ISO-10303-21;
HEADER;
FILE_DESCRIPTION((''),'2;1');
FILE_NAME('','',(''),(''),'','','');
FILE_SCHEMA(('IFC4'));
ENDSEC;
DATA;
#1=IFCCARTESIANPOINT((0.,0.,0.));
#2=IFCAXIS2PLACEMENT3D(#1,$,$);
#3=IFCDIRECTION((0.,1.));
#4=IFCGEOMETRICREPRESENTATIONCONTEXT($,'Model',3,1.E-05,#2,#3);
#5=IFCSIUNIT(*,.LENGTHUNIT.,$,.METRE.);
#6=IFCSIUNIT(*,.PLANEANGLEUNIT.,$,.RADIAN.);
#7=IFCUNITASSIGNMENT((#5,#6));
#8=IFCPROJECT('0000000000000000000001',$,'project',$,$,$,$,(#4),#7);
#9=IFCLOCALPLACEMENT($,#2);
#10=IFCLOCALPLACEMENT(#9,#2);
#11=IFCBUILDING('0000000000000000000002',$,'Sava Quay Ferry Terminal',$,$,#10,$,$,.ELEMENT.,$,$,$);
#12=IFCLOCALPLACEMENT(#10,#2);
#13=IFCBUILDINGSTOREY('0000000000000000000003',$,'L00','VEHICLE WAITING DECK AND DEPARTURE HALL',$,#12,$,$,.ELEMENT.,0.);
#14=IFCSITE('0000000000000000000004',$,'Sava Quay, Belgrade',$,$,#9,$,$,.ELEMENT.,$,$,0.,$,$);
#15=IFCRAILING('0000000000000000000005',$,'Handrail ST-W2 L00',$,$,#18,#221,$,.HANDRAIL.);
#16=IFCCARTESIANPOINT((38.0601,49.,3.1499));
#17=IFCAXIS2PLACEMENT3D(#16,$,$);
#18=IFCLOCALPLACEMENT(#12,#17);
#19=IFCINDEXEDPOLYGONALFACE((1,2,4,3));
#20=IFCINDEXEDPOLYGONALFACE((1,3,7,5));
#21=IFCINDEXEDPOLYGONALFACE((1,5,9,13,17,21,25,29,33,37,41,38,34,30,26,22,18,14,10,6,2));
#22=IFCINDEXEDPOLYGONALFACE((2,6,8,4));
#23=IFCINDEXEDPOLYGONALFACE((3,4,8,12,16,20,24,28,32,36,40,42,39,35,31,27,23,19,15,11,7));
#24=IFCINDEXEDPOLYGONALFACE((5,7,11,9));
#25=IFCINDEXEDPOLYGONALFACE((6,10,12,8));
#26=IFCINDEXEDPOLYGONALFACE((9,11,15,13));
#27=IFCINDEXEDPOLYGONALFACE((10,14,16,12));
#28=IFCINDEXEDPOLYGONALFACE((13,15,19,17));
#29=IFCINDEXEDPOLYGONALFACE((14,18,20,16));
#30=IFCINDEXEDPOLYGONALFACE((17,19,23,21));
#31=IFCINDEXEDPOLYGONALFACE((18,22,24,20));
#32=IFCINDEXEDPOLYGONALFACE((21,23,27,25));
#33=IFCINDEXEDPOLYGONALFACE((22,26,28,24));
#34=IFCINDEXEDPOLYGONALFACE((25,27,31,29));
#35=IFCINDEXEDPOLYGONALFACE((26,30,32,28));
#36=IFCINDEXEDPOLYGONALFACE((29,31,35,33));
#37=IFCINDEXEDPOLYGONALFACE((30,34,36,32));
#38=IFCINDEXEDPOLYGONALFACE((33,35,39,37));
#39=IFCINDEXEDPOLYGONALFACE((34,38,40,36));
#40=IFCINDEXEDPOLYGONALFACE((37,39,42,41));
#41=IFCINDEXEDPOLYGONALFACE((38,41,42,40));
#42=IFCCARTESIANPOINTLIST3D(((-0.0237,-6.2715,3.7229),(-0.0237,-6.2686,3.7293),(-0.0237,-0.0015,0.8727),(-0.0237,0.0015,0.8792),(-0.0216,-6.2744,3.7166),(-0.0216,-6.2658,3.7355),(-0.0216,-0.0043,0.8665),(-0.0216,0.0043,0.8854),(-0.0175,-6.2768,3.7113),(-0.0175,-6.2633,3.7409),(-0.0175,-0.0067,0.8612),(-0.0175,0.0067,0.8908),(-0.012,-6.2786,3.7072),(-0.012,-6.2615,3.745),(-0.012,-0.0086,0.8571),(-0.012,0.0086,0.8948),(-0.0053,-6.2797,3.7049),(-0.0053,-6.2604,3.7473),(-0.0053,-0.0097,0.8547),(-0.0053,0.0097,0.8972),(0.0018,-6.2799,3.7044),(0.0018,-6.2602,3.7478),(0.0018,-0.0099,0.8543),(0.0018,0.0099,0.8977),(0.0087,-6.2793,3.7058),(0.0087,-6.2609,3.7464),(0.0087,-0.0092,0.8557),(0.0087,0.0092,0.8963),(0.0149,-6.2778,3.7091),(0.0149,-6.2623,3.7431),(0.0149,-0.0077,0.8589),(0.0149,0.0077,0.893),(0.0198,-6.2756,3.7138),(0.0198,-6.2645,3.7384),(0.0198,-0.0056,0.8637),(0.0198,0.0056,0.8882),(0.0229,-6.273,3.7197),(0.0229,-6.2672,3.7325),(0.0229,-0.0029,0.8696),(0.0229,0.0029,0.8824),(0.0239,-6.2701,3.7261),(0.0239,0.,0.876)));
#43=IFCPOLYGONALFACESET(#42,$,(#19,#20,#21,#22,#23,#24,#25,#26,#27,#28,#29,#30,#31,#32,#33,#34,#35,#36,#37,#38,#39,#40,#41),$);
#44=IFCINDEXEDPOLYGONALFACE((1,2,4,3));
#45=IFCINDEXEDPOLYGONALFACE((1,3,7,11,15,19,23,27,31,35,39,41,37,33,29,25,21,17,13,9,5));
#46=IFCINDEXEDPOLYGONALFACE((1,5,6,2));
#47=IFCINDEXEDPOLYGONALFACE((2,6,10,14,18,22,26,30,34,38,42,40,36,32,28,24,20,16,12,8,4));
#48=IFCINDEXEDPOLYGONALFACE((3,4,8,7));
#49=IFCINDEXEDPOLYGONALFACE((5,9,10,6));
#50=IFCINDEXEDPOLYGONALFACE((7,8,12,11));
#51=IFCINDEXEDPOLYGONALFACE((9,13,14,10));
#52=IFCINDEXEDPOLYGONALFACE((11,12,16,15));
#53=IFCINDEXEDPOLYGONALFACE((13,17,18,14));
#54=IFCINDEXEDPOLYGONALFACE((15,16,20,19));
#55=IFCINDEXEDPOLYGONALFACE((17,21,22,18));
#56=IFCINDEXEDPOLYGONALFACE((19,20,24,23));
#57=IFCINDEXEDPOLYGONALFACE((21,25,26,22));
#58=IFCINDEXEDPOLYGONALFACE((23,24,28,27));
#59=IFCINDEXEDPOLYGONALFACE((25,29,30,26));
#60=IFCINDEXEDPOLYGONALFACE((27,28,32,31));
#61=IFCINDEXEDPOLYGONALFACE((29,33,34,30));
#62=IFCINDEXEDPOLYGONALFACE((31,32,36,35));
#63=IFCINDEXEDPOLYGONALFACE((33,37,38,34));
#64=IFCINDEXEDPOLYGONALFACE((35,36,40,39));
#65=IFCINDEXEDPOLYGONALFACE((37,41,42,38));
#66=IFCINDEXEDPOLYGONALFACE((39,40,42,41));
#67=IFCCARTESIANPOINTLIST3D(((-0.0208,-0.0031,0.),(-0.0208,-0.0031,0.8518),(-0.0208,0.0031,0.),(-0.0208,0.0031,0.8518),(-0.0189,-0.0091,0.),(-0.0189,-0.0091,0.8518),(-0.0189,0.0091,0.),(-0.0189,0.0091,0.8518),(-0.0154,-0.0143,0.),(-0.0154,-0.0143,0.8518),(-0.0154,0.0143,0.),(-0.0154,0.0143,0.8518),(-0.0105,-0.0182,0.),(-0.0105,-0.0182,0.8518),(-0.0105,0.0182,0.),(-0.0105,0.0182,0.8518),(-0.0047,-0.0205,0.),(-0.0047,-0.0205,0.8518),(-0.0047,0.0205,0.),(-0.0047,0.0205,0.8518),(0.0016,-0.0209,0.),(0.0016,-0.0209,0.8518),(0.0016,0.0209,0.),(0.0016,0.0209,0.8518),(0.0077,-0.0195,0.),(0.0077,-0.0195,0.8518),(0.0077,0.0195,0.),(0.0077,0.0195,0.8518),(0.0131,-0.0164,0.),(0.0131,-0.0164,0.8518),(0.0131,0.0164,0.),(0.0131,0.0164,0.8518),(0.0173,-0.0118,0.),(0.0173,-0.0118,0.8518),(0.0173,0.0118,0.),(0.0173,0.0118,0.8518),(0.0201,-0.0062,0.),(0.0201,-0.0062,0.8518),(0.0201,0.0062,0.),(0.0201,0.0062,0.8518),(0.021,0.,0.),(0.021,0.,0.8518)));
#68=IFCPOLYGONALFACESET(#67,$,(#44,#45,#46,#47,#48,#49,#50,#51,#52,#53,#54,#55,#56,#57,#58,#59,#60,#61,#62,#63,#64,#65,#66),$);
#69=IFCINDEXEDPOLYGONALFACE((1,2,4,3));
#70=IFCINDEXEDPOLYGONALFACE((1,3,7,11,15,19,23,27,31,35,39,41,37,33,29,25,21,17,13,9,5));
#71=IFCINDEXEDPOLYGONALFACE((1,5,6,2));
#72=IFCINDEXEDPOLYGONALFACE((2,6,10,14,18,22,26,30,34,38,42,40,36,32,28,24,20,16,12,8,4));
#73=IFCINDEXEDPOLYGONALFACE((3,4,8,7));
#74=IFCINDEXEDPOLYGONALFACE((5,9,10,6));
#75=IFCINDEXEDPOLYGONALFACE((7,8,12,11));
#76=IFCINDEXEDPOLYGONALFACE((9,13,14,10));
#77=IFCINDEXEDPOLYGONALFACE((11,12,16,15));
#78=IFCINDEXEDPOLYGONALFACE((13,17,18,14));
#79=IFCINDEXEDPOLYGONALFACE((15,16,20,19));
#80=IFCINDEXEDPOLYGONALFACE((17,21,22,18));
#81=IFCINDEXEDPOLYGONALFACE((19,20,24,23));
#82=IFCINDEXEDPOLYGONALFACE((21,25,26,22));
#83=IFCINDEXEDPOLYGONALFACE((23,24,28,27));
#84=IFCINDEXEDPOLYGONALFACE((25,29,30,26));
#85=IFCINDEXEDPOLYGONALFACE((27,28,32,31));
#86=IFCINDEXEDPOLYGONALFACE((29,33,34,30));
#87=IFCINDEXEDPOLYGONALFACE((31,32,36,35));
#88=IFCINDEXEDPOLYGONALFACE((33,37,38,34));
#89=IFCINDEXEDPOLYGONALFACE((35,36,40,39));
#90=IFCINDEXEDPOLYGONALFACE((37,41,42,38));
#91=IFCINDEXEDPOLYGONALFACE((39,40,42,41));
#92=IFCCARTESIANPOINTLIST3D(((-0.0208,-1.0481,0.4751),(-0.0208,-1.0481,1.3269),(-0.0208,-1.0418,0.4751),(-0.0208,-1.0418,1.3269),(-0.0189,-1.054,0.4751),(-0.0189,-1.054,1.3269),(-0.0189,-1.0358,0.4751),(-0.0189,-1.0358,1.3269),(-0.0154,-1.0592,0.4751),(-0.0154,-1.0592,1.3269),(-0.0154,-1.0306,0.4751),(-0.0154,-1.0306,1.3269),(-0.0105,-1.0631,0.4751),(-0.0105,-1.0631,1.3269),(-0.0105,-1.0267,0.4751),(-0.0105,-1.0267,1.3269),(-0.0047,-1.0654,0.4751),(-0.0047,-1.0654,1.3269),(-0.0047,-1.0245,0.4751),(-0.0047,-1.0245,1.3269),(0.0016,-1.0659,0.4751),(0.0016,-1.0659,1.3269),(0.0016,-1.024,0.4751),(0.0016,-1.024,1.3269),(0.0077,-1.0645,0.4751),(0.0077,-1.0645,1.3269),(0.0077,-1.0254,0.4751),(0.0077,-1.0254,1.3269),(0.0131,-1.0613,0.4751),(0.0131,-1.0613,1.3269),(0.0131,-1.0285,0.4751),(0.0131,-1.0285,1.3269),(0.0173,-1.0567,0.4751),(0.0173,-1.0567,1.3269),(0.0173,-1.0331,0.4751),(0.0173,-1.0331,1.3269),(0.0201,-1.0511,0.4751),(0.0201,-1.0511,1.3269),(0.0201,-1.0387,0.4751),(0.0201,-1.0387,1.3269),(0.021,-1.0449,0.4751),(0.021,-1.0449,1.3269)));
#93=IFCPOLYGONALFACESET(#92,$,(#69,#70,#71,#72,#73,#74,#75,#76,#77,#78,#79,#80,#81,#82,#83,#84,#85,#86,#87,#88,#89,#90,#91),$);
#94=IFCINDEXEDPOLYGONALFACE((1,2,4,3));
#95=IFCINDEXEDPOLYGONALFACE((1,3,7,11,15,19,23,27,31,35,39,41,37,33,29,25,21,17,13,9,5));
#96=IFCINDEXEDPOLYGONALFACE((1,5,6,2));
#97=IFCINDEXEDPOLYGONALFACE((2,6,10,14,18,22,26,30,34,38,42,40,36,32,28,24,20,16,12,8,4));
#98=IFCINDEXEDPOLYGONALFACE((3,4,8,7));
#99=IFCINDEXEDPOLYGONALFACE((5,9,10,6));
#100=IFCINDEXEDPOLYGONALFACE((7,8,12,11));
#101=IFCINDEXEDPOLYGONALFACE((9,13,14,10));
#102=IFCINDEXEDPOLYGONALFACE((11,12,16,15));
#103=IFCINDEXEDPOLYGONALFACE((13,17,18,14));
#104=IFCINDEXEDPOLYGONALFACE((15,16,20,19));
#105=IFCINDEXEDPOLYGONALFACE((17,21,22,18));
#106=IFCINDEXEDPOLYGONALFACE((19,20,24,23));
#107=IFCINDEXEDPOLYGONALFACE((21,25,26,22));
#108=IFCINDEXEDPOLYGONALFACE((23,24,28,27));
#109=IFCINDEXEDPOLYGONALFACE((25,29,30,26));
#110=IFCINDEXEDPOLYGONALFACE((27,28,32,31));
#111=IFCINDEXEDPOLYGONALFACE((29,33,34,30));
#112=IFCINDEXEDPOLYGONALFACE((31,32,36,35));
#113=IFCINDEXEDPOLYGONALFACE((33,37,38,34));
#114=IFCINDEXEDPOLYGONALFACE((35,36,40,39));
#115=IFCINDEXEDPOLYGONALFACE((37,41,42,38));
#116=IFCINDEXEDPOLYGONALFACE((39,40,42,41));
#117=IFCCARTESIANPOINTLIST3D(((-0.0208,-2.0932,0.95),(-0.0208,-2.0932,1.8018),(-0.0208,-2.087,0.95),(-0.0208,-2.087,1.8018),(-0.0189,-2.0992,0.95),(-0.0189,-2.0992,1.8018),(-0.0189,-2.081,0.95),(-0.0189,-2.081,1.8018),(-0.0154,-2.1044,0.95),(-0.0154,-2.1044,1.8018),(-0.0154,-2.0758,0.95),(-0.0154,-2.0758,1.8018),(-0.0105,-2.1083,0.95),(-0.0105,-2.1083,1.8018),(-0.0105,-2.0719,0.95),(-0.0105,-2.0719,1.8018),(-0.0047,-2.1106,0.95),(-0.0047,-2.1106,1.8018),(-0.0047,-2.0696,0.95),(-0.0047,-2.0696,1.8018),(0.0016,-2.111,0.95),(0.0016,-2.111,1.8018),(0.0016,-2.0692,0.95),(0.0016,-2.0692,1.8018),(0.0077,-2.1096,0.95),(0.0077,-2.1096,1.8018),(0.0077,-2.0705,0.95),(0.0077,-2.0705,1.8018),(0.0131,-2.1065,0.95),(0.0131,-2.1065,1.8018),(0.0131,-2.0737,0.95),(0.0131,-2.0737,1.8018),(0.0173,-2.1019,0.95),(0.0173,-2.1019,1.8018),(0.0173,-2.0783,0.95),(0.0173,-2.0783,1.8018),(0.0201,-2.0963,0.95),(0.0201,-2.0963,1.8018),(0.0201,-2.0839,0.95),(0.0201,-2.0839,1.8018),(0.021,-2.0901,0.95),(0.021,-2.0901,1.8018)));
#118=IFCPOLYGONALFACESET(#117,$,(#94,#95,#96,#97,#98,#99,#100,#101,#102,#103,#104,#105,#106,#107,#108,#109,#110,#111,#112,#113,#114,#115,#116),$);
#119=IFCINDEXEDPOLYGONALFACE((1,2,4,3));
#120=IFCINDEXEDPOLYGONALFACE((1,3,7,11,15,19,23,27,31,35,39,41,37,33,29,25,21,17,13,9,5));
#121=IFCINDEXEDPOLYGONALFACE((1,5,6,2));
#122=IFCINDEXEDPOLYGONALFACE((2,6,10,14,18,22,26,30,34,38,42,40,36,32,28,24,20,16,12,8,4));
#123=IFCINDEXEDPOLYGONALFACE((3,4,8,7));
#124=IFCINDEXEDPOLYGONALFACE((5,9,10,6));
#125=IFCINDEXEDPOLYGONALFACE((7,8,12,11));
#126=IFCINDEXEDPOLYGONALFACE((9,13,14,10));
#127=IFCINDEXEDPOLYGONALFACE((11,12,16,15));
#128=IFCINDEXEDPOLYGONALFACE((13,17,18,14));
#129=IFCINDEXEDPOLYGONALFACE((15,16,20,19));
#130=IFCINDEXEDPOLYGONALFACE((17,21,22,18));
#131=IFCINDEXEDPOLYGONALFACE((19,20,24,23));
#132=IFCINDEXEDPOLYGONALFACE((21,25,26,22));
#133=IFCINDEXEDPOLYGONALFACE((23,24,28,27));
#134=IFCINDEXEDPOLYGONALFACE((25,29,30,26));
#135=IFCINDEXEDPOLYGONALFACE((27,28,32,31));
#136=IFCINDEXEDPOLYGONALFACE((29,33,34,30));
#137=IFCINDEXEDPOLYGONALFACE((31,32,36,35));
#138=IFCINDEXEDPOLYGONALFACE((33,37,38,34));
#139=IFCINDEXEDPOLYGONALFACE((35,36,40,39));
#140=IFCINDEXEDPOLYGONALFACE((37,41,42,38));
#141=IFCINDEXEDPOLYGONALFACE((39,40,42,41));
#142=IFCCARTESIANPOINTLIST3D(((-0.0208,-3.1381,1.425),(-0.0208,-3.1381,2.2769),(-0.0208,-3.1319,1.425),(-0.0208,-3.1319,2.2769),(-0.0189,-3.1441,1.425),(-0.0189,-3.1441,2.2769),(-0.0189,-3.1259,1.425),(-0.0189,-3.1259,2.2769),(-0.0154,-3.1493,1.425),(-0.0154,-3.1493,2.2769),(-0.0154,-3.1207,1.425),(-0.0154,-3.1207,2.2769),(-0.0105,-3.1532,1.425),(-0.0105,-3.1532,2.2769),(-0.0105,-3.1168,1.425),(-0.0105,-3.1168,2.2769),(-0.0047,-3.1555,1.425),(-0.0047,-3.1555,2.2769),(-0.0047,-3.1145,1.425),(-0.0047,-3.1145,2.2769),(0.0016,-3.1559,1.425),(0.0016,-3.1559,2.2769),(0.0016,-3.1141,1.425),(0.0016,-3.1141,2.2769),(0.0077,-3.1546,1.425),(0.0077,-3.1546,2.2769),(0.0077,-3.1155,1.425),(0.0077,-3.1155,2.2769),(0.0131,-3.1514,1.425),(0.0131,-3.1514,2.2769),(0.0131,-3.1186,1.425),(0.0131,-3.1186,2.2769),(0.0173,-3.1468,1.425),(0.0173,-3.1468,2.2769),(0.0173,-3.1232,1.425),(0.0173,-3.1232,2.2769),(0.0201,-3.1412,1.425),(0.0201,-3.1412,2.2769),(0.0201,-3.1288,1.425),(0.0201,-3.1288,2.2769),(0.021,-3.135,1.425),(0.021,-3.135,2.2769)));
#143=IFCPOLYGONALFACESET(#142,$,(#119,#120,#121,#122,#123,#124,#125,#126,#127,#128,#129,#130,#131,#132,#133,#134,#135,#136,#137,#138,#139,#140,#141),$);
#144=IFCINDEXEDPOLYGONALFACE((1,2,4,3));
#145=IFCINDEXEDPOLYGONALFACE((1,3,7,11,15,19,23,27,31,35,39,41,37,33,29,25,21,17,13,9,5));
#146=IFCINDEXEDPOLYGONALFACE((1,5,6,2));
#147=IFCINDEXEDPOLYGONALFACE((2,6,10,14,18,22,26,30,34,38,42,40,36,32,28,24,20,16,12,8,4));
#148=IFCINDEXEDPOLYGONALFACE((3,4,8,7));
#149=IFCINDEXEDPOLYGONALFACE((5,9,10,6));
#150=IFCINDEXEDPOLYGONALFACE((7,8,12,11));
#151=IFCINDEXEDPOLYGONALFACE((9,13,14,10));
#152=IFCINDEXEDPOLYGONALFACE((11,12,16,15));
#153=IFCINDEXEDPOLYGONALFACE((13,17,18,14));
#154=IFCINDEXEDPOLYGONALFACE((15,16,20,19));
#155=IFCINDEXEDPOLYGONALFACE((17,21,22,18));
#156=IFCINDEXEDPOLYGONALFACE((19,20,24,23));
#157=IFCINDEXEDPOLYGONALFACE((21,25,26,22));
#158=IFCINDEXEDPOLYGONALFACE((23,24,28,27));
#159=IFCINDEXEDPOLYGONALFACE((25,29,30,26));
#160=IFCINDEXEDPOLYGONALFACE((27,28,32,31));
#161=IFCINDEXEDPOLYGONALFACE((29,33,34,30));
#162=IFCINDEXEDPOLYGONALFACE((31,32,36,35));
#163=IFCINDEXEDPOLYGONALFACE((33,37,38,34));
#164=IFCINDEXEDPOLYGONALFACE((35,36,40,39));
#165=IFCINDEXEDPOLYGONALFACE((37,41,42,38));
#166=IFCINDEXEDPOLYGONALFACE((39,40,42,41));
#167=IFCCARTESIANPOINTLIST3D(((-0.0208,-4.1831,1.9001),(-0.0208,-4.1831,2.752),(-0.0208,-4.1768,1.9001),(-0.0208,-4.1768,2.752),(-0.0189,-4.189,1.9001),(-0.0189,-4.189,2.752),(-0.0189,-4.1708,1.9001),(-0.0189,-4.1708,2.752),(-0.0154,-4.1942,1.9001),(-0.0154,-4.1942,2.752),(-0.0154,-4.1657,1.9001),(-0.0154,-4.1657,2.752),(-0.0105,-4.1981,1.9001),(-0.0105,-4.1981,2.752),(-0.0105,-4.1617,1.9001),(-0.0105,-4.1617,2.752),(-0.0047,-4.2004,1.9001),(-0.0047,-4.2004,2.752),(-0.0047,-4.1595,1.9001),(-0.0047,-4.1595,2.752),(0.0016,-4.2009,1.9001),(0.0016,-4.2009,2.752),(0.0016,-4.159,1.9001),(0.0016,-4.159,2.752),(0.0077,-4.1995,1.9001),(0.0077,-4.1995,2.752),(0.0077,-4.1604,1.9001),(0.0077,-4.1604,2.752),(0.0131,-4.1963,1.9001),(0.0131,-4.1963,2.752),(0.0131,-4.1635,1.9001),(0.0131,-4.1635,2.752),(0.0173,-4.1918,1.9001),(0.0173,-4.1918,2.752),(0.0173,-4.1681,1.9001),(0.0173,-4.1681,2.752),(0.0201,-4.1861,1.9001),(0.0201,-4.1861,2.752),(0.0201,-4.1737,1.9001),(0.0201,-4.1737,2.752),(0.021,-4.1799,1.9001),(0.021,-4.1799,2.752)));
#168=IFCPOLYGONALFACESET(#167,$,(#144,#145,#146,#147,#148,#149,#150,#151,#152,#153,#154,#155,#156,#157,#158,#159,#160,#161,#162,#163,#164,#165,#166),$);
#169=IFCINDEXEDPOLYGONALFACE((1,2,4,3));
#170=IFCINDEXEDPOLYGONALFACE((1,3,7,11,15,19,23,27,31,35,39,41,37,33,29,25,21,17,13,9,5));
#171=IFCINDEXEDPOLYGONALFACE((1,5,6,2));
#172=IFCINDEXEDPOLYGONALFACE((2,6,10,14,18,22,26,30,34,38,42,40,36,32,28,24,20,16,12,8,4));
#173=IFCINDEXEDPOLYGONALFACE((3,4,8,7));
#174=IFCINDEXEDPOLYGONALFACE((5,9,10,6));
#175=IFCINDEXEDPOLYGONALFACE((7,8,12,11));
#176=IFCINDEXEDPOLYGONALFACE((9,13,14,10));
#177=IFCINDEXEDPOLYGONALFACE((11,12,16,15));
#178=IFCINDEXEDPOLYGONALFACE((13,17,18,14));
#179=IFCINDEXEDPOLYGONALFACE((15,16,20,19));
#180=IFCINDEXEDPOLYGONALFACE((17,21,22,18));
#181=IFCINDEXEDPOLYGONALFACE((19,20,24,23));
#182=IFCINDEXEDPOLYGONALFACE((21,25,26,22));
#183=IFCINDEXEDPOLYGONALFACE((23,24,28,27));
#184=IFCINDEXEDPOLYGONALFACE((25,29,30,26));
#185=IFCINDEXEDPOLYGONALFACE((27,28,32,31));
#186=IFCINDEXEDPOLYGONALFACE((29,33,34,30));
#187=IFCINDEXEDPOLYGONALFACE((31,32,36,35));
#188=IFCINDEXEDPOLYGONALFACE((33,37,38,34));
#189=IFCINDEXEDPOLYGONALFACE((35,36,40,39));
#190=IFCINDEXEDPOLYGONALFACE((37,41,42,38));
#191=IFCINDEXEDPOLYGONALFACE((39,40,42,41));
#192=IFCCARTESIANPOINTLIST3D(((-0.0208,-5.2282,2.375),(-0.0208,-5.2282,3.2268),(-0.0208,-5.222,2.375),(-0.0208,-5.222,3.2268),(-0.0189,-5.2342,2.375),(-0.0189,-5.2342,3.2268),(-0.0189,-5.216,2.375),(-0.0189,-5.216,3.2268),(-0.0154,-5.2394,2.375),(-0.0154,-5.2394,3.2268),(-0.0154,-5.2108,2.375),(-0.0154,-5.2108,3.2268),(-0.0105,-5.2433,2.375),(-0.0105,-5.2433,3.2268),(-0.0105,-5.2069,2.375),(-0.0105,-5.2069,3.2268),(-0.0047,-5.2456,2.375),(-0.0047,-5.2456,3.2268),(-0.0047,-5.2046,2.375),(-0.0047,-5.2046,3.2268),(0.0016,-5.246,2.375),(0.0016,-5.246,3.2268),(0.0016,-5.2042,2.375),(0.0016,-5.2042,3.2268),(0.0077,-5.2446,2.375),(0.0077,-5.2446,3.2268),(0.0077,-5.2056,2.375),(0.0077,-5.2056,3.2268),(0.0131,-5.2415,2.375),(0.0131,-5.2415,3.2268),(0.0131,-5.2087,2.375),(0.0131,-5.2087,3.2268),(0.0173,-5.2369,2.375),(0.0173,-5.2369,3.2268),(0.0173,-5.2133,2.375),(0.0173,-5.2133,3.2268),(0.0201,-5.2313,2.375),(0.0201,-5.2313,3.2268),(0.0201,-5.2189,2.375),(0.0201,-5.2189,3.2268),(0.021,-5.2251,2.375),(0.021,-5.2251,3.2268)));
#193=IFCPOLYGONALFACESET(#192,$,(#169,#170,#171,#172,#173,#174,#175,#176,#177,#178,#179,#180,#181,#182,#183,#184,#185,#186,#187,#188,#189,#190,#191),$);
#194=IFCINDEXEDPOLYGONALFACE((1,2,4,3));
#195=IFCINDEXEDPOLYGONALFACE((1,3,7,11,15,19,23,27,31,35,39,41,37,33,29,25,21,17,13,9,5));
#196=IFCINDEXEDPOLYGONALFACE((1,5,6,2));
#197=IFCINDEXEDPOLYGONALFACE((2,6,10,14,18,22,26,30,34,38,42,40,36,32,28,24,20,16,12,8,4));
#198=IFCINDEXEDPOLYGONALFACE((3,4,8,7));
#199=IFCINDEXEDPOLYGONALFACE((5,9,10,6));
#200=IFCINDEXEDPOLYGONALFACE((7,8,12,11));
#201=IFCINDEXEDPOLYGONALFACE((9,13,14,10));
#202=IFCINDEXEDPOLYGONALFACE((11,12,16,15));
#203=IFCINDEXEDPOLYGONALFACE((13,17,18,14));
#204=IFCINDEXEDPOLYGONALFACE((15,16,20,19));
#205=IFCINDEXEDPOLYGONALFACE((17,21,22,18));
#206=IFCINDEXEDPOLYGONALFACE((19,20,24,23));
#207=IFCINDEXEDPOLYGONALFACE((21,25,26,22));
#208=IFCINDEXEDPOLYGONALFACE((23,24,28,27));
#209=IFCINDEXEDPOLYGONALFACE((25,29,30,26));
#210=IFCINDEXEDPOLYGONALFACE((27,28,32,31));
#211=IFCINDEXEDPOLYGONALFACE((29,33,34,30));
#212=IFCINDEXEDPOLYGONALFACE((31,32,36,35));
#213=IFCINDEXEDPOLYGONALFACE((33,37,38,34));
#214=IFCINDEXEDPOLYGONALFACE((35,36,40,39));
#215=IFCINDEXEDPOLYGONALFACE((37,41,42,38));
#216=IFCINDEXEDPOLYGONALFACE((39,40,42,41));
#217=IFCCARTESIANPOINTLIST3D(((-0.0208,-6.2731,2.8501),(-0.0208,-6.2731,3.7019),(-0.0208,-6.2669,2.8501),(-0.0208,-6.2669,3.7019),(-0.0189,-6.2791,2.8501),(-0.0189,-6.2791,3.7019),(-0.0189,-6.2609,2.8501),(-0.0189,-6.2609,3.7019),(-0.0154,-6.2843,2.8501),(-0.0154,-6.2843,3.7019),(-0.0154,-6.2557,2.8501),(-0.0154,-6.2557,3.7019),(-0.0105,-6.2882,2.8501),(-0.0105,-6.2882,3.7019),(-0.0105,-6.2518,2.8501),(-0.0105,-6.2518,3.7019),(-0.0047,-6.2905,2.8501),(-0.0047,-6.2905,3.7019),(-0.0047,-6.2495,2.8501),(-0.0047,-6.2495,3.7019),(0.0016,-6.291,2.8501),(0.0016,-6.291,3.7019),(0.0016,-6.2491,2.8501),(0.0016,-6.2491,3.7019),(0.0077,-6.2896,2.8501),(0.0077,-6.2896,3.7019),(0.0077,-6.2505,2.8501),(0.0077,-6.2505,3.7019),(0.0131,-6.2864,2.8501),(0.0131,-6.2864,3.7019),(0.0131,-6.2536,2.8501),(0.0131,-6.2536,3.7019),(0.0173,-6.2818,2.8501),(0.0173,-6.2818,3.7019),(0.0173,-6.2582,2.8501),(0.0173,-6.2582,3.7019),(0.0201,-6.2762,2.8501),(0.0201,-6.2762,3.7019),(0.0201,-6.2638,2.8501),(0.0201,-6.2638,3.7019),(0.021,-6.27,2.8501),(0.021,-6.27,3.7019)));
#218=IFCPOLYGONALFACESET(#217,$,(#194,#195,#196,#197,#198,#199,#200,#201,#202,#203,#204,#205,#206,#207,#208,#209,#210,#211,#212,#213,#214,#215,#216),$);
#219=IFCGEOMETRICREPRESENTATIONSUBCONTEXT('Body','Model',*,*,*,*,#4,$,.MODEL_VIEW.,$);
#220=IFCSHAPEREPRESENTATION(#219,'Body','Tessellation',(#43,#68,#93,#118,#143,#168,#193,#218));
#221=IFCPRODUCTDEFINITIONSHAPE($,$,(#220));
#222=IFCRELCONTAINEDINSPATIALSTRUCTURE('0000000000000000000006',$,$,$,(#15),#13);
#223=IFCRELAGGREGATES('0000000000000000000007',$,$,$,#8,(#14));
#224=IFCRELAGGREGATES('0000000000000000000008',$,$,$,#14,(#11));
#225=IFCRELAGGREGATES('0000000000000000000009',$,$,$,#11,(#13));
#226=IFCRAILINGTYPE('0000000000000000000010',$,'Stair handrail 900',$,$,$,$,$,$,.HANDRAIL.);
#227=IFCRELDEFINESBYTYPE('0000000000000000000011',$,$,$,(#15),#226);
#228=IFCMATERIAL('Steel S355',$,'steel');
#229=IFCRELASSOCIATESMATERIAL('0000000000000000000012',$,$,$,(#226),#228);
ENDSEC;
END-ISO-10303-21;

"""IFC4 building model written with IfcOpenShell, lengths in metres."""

from ifc_helpers import new_model, si_unit, direction, frame, origin, origin_2d, place, context, subcontext, project, spatial, circle, extrude, material, type_object, element, save


model = new_model("IFC4")

# Units and contexts
model_context = context("Model", 3, precision=1e-05, world=origin(), true_north=direction((0.0, 1.0)))
body_context = subcontext(model_context, "Body", "Model", "MODEL_VIEW")
ifc_project = project(units=[si_unit("LENGTHUNIT", "METRE"), si_unit("PLANEANGLEUNIT", "RADIAN")], contexts=[model_context])

# Site, building, storey
site_placement = place(None, origin())
site = spatial("IfcSite", under=ifc_project, at=site_placement, Name="Sava Quay, Belgrade", CompositionType="ELEMENT", RefElevation=0.0)
building_placement = place(site_placement, origin())
building = spatial("IfcBuilding", under=site, at=building_placement, Name="Sava Quay Ferry Terminal", CompositionType="ELEMENT")
storey_placement = place(building_placement, origin())
storey = spatial("IfcBuildingStorey", under=building, at=storey_placement, Name="L00", Description="VEHICLE WAITING DECK AND DEPARTURE HALL", CompositionType="ELEMENT", Elevation=0.0)

# Railing
ifc_material_1 = material(Name="Steel S355", Category="steel")
railing_type_1 = type_object("IfcRailingType", Name="Stair handrail 900", PredefinedType="HANDRAIL", material=ifc_material_1)
railing_1_placement = place(storey_placement, frame((38.0601, 49.0, 3.1499)))
element("IfcRailing", 1, at=railing_1_placement, inside=storey, type_object=railing_type_1, Name="Handrail ST-W2 L00", PredefinedType="HANDRAIL", context=body_context, shape_type="SweptSolid", body=[
    extrude(circle(Radius=0.0239, at=origin_2d()), frame((0.0, 0.0, 0.876), z_axis=(0.0, -0.910362, 0.413814), x_axis=(1.0, 0.0, 0.0)), (0.0, 0.0, 1.0), 6.8875),
    extrude(circle(Radius=0.021, at=origin_2d()), origin(), (0.0, 0.0, 1.0), 0.8518),
    extrude(circle(Radius=0.021, at=origin_2d()), frame((0.0, -1.0449, 0.4751)), (0.0, 0.0, 1.0), 0.8518),
    extrude(circle(Radius=0.021, at=origin_2d()), frame((0.0, -2.0901, 0.95)), (0.0, 0.0, 1.0), 0.8518),
    extrude(circle(Radius=0.021, at=origin_2d()), frame((0.0, -3.135, 1.425)), (0.0, 0.0, 1.0), 0.8518),
    extrude(circle(Radius=0.021, at=origin_2d()), frame((0.0, -4.1799, 1.9001)), (0.0, 0.0, 1.0), 0.8518),
    extrude(circle(Radius=0.021, at=origin_2d()), frame((0.0, -5.2251, 2.375)), (0.0, 0.0, 1.0), 0.8518),
    extrude(circle(Radius=0.021, at=origin_2d()), frame((0.0, -6.27, 2.8501)), (0.0, 0.0, 1.0), 0.8518),
])

save(model, "model.ifc")
